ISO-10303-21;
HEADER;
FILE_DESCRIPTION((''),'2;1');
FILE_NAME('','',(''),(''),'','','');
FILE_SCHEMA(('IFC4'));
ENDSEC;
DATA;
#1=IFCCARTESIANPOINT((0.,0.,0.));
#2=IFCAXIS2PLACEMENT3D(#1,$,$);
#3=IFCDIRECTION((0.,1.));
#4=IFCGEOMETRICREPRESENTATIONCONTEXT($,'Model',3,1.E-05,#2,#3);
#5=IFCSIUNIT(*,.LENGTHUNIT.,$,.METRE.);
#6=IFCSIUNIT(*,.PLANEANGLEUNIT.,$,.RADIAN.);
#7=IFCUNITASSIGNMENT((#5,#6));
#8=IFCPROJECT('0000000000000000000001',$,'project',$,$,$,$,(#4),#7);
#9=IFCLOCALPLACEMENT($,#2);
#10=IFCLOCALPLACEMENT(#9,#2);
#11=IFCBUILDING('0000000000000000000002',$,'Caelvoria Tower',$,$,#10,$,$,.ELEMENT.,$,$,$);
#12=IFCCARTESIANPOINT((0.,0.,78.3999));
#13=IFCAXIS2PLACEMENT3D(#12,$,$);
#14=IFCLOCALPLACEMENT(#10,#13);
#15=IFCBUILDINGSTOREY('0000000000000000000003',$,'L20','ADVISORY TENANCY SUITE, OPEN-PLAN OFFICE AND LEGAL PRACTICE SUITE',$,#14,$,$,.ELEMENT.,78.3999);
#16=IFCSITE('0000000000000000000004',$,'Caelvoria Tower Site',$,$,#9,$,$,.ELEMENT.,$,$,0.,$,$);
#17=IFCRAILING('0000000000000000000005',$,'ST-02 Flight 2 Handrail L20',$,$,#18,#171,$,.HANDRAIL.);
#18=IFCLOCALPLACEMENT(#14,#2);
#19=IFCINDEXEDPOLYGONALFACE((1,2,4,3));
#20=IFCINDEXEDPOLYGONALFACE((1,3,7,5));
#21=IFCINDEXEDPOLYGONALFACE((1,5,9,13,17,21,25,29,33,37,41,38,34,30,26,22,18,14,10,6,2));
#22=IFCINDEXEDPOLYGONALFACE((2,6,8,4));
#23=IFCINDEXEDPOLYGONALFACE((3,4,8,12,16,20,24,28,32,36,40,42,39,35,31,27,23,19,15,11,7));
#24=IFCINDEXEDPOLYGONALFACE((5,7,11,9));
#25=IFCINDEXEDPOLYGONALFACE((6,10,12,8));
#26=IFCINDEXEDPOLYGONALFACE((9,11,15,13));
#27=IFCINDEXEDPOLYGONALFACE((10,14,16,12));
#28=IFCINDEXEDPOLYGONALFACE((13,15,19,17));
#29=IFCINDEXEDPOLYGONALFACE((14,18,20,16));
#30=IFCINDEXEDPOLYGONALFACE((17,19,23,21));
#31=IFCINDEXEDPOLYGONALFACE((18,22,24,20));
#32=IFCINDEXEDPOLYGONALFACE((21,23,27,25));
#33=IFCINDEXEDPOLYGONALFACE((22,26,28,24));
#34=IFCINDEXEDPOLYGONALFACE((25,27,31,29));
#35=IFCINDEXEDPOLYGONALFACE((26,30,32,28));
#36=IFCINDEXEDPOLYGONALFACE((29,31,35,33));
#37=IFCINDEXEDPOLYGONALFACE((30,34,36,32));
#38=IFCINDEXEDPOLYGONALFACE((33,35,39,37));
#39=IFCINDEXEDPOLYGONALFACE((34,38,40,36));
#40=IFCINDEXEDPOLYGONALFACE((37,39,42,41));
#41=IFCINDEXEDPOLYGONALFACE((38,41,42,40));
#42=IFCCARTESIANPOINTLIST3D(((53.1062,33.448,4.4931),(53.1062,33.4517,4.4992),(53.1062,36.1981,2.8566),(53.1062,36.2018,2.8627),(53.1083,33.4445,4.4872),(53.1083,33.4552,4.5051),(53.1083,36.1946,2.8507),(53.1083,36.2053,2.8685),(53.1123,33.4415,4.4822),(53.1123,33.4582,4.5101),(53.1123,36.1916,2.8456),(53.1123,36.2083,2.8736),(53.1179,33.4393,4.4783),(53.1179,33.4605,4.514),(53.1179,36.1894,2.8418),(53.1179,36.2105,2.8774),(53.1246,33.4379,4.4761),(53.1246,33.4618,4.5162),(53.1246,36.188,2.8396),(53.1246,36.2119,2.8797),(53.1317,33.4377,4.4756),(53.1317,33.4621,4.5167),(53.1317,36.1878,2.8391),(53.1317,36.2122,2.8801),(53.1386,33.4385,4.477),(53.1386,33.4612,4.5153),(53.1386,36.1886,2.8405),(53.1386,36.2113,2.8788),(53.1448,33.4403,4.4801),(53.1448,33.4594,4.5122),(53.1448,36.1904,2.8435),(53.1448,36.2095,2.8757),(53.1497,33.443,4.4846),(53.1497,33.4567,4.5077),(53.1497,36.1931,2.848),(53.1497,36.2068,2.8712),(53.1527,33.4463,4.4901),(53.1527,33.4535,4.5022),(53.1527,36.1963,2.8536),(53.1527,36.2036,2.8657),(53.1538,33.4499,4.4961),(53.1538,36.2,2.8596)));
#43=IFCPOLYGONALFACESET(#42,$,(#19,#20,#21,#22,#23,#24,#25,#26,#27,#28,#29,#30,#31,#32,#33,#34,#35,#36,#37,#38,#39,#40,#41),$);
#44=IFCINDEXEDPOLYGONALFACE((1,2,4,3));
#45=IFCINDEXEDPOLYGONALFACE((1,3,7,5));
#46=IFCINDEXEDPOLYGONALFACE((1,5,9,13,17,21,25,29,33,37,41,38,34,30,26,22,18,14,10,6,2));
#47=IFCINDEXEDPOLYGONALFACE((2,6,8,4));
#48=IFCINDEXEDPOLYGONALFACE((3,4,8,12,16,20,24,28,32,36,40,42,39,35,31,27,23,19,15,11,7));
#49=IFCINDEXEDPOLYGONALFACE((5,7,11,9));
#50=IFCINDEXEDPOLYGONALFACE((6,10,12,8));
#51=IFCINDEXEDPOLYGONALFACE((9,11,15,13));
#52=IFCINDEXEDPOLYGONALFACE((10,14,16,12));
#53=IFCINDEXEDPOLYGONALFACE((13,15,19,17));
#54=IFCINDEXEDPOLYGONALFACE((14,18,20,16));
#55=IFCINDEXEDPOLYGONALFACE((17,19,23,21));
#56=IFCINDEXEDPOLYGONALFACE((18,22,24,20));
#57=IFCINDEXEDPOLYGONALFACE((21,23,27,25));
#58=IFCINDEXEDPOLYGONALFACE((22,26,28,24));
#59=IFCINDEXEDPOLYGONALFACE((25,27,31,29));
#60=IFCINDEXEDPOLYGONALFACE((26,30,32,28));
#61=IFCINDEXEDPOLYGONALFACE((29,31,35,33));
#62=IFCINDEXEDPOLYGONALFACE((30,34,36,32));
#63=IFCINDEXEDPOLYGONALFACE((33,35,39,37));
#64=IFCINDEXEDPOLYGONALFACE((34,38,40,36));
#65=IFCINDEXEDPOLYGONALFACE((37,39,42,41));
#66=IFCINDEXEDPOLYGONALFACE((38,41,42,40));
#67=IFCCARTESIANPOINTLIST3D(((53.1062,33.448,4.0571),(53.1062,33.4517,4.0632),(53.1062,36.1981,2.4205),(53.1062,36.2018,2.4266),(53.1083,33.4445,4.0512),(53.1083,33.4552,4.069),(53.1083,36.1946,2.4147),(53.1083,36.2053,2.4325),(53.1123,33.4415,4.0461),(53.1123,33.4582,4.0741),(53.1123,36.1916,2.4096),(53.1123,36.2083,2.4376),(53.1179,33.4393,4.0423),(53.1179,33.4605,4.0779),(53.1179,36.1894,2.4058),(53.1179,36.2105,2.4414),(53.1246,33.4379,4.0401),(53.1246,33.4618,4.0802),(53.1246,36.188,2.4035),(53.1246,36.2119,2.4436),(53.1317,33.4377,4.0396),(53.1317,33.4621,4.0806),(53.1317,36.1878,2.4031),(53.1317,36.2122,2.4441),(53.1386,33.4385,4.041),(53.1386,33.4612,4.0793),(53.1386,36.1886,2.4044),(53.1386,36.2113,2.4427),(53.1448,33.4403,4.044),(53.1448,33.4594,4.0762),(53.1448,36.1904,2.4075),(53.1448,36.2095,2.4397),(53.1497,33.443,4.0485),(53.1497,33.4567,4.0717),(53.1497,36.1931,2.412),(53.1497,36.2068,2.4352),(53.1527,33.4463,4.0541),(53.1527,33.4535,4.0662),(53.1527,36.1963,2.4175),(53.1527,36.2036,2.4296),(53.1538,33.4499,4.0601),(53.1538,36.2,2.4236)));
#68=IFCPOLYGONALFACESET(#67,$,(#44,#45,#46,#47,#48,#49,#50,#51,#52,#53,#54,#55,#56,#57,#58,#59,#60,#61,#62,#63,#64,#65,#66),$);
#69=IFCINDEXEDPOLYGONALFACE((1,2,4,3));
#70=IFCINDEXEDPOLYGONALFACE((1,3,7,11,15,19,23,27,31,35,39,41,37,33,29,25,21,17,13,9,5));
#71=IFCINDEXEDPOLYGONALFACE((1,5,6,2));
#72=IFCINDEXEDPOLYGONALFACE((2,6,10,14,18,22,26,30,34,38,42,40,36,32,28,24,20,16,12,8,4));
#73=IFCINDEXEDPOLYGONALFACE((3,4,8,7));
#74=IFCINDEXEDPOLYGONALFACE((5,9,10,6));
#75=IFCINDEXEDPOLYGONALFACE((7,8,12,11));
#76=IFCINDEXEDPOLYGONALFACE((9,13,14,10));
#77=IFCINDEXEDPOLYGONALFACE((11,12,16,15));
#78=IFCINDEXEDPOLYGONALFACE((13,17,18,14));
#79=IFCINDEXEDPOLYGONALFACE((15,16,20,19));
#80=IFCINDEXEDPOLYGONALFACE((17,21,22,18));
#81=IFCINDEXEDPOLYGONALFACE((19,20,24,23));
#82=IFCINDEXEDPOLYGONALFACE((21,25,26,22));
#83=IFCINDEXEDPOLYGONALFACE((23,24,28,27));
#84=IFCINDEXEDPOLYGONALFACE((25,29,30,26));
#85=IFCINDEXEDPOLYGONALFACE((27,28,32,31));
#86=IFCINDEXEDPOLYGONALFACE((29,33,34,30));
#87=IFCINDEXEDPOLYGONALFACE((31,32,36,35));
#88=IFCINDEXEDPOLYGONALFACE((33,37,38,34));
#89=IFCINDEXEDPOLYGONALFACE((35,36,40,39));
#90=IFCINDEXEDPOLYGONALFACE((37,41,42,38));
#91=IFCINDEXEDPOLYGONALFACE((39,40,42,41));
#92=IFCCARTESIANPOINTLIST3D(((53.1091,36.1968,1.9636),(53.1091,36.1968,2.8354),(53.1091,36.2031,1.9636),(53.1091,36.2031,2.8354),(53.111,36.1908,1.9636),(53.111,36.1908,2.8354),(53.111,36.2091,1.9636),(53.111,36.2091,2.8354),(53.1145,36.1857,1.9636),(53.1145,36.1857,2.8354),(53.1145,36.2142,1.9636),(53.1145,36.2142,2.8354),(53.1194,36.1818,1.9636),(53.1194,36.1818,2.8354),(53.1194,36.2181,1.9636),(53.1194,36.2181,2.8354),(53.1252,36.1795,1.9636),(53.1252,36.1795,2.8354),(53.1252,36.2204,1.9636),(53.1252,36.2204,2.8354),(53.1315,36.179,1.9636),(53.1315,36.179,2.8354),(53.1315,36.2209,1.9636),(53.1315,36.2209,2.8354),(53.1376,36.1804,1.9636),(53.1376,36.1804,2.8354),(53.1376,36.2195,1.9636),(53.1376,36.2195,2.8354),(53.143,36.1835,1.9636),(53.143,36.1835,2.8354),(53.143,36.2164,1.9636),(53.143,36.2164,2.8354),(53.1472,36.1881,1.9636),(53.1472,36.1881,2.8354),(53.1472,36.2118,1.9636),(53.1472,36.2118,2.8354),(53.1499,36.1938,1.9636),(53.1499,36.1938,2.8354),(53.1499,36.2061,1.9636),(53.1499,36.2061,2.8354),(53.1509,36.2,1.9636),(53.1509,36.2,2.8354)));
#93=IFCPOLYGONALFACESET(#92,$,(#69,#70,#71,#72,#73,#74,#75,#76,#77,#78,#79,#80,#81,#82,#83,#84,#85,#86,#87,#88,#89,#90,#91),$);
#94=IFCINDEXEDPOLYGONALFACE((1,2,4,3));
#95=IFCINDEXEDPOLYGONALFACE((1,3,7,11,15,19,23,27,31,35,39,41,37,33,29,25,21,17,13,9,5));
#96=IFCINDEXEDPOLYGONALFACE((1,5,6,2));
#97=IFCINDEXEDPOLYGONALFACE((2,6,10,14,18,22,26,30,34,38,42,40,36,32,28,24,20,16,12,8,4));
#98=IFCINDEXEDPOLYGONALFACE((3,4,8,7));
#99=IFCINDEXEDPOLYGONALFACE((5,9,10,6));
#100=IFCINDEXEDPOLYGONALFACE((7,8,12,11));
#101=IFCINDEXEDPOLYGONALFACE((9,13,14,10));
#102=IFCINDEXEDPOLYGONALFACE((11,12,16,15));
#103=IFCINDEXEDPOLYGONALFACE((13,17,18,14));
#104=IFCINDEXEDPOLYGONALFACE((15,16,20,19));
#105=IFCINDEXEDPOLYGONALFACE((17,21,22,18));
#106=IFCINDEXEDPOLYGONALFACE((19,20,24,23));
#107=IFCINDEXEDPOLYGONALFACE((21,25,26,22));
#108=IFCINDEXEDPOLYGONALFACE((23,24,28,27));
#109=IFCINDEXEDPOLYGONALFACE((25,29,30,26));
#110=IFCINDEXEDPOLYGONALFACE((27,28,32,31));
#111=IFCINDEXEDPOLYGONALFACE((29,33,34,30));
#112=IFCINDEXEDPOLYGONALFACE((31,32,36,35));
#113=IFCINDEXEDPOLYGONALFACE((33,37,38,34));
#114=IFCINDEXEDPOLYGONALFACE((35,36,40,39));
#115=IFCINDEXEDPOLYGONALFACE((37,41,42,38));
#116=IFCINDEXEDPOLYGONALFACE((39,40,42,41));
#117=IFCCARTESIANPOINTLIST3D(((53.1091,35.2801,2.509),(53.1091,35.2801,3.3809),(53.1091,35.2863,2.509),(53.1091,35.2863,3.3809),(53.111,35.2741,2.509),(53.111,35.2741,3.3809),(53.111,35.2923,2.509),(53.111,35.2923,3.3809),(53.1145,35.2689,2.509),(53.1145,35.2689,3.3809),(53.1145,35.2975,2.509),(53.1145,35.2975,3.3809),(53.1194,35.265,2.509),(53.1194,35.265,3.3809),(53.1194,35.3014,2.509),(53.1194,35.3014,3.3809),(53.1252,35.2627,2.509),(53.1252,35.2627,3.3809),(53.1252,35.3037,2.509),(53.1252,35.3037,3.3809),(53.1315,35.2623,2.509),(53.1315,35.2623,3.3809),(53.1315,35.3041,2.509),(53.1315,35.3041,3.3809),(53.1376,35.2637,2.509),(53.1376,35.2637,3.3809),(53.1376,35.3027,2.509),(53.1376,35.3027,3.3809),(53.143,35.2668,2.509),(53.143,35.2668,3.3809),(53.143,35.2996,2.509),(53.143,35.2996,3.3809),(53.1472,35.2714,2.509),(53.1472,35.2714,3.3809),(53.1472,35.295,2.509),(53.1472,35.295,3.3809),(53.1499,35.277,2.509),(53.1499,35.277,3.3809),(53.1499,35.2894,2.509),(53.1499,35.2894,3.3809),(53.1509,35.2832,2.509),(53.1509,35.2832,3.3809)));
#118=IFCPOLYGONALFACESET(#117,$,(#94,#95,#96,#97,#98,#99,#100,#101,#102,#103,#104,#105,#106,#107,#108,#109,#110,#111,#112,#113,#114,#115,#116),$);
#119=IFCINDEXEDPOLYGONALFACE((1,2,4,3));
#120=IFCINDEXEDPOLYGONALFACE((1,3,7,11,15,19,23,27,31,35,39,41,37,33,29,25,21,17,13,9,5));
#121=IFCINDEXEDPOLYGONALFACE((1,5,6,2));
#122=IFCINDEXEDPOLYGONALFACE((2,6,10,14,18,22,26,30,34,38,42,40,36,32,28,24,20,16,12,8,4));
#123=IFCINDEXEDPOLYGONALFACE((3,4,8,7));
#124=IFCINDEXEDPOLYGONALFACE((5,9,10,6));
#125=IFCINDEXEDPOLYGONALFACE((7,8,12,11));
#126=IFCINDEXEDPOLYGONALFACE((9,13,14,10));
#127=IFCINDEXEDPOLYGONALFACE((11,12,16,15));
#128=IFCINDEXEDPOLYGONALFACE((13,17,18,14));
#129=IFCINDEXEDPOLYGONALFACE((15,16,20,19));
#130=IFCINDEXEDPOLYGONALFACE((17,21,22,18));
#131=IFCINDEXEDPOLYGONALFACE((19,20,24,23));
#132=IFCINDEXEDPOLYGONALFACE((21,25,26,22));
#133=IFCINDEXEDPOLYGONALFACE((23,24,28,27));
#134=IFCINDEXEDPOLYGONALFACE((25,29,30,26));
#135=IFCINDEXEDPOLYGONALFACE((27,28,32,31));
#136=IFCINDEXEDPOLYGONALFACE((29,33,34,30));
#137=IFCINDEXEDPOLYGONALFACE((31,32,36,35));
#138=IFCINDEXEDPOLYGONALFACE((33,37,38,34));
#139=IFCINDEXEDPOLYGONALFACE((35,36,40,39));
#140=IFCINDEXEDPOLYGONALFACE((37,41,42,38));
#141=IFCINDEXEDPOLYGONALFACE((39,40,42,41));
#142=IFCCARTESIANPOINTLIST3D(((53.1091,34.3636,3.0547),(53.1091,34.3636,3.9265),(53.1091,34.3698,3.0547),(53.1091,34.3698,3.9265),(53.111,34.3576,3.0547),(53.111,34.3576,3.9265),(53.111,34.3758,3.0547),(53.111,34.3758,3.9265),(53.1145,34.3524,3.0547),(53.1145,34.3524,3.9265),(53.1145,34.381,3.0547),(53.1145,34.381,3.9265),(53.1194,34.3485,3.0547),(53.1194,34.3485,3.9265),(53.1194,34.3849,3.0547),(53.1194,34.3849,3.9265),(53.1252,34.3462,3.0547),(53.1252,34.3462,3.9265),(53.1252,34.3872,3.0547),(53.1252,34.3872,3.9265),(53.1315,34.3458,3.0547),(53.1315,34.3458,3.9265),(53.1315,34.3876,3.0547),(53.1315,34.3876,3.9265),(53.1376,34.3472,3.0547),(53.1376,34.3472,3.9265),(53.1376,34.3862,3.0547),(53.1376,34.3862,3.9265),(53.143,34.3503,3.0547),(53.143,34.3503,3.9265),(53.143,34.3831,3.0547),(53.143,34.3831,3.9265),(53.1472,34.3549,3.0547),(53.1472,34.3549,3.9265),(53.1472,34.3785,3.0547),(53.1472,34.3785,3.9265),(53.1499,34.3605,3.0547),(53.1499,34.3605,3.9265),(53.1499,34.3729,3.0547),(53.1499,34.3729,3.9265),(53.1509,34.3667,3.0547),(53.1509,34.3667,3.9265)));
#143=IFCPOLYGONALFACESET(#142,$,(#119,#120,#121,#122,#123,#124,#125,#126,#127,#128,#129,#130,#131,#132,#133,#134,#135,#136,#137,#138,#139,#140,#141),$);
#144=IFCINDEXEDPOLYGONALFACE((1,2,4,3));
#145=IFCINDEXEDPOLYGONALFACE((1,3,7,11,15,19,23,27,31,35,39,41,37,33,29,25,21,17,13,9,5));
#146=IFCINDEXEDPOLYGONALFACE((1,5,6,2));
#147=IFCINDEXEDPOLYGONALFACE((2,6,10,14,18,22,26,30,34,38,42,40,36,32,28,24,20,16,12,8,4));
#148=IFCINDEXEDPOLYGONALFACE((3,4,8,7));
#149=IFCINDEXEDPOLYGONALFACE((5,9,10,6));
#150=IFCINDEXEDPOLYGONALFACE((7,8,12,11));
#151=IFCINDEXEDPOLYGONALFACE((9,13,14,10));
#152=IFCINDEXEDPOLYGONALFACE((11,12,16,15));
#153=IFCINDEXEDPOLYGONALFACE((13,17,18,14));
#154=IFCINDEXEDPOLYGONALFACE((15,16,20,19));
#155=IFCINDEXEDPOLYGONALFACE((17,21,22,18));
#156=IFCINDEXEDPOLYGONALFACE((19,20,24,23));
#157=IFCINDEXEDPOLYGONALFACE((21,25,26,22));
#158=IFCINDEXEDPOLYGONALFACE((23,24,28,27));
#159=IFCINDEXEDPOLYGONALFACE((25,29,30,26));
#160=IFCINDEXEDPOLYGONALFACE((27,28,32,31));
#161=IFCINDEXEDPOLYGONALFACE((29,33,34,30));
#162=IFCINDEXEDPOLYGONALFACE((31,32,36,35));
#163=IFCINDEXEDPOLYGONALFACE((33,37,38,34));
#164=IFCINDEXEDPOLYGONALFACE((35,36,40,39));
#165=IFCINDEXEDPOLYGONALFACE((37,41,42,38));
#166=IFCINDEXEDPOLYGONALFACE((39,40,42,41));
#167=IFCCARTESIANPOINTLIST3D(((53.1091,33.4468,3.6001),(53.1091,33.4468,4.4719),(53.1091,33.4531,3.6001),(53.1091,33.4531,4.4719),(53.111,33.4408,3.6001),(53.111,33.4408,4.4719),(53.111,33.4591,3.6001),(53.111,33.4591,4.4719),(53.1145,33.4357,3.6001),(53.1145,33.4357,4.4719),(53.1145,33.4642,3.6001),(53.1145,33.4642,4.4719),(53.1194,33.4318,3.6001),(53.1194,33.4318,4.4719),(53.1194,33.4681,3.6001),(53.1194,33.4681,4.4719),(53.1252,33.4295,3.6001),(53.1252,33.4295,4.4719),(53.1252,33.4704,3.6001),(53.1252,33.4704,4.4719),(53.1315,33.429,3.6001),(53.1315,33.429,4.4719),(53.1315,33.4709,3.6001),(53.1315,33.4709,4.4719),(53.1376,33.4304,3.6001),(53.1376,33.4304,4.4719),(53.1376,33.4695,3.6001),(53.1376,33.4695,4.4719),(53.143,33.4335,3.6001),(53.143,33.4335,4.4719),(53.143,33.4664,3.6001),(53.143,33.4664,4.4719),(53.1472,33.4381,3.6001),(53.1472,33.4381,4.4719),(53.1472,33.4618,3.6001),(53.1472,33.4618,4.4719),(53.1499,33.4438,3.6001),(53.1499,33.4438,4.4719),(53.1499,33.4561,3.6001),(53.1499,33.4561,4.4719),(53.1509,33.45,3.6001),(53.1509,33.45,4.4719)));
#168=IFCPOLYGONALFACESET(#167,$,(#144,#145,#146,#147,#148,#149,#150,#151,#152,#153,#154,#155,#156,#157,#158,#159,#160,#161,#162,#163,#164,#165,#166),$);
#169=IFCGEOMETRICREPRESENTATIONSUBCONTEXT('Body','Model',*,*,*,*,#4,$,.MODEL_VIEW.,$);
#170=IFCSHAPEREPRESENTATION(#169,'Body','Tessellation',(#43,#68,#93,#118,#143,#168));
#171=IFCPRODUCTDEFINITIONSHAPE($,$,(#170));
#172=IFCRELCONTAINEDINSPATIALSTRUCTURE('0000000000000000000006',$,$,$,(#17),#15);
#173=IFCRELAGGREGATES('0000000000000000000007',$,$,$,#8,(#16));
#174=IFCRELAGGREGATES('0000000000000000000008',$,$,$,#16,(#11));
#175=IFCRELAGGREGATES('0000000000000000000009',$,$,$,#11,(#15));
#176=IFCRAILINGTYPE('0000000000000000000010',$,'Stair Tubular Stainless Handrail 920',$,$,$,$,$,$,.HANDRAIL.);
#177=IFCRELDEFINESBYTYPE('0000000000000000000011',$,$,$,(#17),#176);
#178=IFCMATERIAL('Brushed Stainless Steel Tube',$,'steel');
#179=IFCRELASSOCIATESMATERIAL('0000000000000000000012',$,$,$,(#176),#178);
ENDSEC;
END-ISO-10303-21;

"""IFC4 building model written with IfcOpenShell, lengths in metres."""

from ifc_helpers import new_model, si_unit, direction, frame, origin, origin_2d, place, context, subcontext, project, spatial, circle, extrude, material, type_object, element, save


model = new_model("IFC4")

# Units and contexts
model_context = context("Model", 3, precision=1e-05, world=origin(), true_north=direction((0.0, 1.0)))
body_context = subcontext(model_context, "Body", "Model", "MODEL_VIEW")
ifc_project = project(units=[si_unit("LENGTHUNIT", "METRE"), si_unit("PLANEANGLEUNIT", "RADIAN")], contexts=[model_context])

# Site, building, storey
site_placement = place(None, origin())
site = spatial("IfcSite", under=ifc_project, at=site_placement, Name="Caelvoria Tower Site", CompositionType="ELEMENT", RefElevation=0.0)
building_placement = place(site_placement, origin())
building = spatial("IfcBuilding", under=site, at=building_placement, Name="Caelvoria Tower", CompositionType="ELEMENT")
storey_placement = place(building_placement, frame((0.0, 0.0, 78.3999)))
storey = spatial("IfcBuildingStorey", under=building, at=storey_placement, Name="L20", Description="ADVISORY TENANCY SUITE, OPEN-PLAN OFFICE AND LEGAL PRACTICE SUITE", CompositionType="ELEMENT", Elevation=78.3999)

# Railing
ifc_material_1 = material(Name="Brushed Stainless Steel Tube", Category="steel")
railing_type_1 = type_object("IfcRailingType", Name="Stair Tubular Stainless Handrail 920", PredefinedType="HANDRAIL", material=ifc_material_1)
railing_1_placement = place(storey_placement, frame((53.1299, 36.2, 1.9636)))
element("IfcRailing", 1, at=railing_1_placement, inside=storey, type_object=railing_type_1, Name="ST-02 Flight 2 Handrail L20", PredefinedType="HANDRAIL", context=body_context, shape_type="SweptSolid", body=[
    extrude(circle(Radius=0.0239, at=origin_2d()), frame((0.0, 0.0, 0.896), z_axis=(0.0, -0.859352, 0.511385), x_axis=(1.0, 0.0, 0.0)), (0.0, 0.0, 1.0), 3.2002),
    extrude(circle(Radius=0.0239, at=origin_2d()), frame((0.0, 0.0, 0.46), z_axis=(0.0, -0.859352, 0.511385), x_axis=(1.0, 0.0, 0.0)), (0.0, 0.0, 1.0), 3.2002),
    extrude(circle(Radius=0.021, at=origin_2d()), origin(), (0.0, 0.0, 1.0), 0.8718),
    extrude(circle(Radius=0.021, at=origin_2d()), frame((0.0, -0.9167, 0.5454)), (0.0, 0.0, 1.0), 0.8718),
    extrude(circle(Radius=0.021, at=origin_2d()), frame((0.0, -1.8333, 1.0911)), (0.0, 0.0, 1.0), 0.8718),
    extrude(circle(Radius=0.021, at=origin_2d()), frame((0.0, -2.75, 1.6365)), (0.0, 0.0, 1.0), 0.8718),
])

save(model, "model.ifc")
